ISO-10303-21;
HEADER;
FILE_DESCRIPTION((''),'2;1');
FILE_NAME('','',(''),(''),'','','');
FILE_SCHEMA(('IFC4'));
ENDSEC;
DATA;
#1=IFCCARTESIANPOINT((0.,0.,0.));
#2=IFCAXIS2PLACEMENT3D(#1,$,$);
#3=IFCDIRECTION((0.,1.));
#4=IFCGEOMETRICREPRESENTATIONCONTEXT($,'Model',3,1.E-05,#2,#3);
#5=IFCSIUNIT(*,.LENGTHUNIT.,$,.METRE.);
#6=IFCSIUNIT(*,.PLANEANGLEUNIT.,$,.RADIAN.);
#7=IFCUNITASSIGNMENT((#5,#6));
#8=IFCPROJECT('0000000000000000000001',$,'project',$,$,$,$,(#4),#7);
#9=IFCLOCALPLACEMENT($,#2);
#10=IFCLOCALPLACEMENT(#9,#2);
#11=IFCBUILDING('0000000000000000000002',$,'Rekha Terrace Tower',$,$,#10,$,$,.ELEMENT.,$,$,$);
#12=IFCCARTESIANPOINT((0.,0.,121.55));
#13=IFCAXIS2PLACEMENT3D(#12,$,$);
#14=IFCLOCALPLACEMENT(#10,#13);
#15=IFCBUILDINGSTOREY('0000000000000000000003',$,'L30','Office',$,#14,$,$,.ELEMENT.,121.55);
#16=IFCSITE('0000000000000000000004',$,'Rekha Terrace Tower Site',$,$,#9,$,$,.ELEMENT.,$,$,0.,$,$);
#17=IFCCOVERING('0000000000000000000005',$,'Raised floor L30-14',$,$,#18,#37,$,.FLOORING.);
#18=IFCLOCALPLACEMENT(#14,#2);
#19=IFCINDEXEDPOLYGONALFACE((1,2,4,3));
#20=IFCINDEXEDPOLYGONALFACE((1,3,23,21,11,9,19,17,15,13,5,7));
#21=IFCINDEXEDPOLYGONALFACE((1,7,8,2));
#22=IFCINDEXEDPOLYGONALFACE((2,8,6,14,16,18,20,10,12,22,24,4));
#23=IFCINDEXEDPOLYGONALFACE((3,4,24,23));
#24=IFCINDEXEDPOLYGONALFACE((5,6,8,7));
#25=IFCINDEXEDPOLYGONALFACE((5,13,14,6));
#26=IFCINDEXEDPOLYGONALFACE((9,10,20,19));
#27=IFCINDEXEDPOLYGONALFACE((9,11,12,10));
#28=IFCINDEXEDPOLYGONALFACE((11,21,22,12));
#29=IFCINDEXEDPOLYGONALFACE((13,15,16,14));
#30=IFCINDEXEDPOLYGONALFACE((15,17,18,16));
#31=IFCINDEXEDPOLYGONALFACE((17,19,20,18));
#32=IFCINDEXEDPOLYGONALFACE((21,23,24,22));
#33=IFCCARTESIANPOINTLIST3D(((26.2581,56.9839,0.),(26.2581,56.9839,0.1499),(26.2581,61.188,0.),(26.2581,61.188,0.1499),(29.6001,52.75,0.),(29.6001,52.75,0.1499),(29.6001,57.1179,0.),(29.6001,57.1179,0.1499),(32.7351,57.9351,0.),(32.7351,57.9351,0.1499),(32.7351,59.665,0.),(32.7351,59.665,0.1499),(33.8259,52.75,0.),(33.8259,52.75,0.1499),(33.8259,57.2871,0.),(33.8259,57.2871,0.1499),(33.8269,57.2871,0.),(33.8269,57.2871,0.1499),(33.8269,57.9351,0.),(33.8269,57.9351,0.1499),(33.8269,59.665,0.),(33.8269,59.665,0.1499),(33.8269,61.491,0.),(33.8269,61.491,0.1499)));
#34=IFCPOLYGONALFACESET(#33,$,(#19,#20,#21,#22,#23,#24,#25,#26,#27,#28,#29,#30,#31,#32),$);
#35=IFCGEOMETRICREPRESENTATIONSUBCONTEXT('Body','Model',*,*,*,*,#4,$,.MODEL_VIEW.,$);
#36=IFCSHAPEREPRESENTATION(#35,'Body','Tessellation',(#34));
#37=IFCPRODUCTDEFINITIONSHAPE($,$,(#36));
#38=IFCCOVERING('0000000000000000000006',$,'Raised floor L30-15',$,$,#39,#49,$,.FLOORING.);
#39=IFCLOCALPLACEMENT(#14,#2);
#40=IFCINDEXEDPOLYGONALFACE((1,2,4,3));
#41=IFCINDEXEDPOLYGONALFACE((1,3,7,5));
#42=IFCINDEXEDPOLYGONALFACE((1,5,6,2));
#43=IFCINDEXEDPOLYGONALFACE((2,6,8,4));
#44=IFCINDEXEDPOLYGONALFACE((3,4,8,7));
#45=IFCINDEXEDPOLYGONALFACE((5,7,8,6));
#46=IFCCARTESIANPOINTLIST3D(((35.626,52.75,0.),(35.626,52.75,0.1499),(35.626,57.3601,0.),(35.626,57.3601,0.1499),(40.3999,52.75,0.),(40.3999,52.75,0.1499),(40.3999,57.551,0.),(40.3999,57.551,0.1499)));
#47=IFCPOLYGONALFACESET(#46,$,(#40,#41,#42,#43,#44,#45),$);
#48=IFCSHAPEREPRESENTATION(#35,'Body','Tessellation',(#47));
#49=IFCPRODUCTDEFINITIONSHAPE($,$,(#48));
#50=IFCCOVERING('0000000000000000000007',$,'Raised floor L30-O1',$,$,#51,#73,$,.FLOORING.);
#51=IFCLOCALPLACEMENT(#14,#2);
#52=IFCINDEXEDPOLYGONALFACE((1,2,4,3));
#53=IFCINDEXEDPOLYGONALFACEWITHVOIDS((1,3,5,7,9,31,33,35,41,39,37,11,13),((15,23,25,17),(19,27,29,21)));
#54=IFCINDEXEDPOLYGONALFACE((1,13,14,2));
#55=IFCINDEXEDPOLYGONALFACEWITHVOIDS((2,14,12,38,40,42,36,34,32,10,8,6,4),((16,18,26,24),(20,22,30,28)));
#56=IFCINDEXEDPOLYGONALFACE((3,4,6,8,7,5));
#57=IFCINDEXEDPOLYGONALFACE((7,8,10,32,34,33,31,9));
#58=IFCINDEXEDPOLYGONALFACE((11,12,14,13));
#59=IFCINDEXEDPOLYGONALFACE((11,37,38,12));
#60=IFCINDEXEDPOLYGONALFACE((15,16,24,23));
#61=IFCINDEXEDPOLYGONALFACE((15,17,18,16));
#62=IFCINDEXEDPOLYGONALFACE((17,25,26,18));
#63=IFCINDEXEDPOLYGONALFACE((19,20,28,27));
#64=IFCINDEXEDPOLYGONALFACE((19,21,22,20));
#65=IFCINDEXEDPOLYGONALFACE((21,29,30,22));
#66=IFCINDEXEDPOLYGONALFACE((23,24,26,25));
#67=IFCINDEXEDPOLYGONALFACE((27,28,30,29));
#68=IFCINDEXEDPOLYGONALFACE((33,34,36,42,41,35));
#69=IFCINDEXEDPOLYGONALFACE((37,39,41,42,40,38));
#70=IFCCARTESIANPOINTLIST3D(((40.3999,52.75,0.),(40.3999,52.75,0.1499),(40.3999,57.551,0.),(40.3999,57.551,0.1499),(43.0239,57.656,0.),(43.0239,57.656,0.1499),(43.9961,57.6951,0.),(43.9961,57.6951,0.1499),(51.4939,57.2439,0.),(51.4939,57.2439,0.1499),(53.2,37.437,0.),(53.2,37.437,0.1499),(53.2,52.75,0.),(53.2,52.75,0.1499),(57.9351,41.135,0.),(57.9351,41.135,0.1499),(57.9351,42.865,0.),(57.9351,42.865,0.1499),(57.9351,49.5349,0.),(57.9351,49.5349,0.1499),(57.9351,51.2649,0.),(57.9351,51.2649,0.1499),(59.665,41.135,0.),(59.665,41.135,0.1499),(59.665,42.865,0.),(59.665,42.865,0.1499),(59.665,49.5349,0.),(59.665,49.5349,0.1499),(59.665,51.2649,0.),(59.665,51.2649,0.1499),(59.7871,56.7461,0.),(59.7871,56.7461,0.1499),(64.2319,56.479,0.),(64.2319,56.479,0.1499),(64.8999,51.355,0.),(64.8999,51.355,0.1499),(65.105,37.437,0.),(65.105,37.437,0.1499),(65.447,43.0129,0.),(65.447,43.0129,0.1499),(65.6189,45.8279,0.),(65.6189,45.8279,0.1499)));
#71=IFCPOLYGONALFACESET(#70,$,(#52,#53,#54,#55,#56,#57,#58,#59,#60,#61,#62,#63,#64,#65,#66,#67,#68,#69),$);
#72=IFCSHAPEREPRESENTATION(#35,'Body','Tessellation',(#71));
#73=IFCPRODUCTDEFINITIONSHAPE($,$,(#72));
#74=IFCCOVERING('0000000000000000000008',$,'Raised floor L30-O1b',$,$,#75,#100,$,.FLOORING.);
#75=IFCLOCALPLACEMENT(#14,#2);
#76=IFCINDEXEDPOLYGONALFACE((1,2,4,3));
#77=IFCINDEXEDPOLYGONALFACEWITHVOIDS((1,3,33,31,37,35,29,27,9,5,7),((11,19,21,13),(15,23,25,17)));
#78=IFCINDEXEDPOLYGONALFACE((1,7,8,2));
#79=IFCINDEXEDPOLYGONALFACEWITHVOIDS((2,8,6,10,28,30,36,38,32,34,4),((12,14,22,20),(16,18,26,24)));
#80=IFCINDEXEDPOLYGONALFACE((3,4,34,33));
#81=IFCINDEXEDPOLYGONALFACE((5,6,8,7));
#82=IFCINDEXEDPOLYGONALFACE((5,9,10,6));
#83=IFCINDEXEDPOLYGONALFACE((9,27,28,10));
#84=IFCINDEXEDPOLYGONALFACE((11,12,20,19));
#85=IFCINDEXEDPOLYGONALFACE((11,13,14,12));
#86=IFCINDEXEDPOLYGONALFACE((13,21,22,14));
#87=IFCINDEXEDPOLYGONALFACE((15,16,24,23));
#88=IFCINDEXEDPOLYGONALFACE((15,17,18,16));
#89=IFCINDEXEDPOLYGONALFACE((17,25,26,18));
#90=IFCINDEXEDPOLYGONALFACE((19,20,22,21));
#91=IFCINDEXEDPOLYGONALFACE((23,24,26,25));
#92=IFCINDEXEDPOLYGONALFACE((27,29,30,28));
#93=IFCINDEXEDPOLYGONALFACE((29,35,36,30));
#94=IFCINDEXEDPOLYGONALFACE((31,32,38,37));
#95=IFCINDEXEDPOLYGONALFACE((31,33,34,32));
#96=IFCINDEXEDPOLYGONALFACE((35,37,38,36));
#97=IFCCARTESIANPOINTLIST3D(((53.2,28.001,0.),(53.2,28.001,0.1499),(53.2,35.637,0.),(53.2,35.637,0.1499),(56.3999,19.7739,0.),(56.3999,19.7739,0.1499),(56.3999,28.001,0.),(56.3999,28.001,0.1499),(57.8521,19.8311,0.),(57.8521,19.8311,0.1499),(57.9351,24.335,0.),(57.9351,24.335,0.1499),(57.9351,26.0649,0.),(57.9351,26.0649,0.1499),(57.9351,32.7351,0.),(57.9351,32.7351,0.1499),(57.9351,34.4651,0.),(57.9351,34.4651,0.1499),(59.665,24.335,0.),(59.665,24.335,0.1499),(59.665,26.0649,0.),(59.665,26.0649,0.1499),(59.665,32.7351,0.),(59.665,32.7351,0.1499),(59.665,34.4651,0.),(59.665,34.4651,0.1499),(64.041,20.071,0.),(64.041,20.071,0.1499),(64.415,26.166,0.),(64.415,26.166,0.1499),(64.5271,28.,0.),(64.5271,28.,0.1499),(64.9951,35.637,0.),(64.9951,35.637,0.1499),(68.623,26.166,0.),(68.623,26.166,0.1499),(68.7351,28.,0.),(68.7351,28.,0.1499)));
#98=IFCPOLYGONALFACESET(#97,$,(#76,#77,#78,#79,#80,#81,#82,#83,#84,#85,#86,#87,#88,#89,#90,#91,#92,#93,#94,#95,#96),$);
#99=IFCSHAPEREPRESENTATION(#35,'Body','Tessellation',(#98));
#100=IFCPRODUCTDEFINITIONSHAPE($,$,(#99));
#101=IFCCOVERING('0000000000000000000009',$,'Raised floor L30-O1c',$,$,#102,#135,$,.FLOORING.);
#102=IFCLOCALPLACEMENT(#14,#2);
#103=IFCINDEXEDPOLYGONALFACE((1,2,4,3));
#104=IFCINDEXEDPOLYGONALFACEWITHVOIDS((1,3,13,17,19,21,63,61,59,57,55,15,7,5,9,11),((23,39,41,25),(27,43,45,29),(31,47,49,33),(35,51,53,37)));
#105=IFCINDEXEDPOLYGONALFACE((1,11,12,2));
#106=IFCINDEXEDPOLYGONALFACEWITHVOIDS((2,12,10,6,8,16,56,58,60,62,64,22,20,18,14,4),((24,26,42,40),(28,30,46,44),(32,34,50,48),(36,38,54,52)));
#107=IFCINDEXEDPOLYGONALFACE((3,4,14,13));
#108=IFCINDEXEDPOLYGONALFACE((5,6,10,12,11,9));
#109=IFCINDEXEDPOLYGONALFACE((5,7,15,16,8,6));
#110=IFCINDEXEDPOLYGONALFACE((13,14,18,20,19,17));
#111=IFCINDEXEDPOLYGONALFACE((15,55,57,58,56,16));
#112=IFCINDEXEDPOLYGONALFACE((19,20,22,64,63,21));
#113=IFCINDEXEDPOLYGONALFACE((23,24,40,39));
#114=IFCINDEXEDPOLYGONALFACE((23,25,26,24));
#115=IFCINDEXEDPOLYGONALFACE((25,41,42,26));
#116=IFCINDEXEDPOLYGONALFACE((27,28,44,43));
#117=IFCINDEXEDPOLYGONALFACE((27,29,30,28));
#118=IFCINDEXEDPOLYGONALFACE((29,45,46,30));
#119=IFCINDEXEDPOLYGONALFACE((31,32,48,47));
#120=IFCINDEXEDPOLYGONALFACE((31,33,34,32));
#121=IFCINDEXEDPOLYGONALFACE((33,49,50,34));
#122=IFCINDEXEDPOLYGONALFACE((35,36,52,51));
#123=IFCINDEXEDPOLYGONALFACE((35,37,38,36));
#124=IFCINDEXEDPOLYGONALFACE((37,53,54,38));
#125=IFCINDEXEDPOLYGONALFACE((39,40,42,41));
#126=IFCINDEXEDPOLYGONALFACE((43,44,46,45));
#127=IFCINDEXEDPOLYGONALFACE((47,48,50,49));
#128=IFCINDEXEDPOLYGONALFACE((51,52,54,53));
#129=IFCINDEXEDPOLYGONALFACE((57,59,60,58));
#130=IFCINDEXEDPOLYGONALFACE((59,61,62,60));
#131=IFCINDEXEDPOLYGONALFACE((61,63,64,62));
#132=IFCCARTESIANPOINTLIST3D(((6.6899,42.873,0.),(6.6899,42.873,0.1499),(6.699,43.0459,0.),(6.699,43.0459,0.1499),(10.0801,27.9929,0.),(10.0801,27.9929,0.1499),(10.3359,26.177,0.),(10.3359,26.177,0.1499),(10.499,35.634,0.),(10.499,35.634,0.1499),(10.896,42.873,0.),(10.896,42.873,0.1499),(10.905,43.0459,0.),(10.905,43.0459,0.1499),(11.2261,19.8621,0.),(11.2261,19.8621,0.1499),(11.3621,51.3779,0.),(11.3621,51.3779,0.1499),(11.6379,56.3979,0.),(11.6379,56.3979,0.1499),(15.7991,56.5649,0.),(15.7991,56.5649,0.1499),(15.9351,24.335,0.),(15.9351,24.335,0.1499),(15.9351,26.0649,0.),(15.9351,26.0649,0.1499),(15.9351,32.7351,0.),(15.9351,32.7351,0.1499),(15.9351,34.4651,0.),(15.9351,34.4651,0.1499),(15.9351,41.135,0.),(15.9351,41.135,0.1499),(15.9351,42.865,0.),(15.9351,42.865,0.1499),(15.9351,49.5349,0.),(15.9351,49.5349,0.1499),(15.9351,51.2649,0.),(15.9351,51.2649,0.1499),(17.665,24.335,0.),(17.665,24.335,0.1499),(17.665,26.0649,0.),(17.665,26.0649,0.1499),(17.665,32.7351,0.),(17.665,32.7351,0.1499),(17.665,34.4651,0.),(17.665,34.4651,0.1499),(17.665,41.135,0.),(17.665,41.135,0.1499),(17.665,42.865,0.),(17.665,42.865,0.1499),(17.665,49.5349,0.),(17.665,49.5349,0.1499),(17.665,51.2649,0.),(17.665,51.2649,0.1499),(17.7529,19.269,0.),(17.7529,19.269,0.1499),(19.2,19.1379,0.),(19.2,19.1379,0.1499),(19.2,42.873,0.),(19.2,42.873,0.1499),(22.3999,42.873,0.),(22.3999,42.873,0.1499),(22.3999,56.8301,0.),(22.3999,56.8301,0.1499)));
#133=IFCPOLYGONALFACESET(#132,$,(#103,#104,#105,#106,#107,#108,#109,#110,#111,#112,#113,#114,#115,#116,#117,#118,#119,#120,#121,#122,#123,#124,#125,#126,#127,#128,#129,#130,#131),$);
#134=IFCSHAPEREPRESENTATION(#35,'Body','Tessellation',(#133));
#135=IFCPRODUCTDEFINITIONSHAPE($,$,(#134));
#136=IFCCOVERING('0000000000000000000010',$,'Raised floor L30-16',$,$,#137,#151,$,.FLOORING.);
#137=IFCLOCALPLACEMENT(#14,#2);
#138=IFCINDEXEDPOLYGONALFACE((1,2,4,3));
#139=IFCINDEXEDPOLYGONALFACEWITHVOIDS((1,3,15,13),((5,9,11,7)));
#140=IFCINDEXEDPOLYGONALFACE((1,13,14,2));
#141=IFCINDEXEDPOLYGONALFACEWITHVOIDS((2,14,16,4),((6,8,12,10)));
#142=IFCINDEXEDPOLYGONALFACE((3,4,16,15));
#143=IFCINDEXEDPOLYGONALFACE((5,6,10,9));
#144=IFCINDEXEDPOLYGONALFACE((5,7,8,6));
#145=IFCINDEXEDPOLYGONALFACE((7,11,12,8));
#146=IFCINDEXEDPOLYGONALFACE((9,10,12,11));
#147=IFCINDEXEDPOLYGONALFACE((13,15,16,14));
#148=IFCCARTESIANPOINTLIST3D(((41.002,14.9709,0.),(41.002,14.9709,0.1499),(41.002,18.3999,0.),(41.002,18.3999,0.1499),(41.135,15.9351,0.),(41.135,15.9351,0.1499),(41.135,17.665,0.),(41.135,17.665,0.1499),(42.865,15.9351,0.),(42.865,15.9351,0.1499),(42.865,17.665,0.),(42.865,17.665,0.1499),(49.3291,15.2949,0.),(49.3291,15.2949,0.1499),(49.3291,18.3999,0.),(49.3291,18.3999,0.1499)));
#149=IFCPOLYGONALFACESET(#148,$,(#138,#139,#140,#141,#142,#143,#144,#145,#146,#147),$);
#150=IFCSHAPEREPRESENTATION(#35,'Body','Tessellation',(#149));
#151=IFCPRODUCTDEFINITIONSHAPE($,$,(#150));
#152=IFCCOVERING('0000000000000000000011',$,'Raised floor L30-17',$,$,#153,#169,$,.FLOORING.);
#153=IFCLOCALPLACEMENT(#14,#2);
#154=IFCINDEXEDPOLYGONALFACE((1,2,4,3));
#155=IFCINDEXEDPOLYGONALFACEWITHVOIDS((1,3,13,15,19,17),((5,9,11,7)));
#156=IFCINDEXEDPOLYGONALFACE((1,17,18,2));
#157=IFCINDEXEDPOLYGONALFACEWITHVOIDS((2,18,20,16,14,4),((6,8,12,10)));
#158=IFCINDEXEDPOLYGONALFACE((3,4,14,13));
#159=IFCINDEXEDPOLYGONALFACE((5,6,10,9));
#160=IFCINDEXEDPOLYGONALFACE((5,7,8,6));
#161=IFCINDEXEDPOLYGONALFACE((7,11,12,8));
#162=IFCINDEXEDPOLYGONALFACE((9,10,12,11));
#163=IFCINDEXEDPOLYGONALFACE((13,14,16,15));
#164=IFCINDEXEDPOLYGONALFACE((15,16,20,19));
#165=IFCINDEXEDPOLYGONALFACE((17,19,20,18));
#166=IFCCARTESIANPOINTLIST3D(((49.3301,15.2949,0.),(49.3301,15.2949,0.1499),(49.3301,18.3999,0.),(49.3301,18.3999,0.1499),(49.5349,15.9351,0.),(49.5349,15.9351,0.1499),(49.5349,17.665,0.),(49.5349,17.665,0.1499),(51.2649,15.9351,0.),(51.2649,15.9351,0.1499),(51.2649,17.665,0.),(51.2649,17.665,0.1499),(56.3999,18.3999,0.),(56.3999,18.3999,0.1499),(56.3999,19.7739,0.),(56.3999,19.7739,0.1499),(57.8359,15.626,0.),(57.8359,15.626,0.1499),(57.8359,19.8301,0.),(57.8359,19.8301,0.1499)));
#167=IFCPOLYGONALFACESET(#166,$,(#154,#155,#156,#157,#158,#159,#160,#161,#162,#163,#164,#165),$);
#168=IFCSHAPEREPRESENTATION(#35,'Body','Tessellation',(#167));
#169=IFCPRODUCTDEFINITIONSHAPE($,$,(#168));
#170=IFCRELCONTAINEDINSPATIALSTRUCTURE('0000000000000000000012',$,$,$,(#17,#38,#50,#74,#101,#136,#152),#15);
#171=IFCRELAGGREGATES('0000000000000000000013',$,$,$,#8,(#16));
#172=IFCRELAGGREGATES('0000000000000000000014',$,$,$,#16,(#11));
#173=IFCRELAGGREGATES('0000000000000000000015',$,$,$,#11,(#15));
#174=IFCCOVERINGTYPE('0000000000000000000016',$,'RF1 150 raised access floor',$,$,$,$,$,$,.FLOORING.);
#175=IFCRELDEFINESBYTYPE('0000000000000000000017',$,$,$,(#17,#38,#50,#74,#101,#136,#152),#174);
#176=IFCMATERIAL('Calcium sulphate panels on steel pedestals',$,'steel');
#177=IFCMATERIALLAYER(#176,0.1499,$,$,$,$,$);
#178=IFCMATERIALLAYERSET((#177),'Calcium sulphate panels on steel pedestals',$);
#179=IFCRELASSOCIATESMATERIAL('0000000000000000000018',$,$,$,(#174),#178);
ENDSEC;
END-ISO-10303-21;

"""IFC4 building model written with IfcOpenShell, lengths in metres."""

from ifc_helpers import new_model, si_unit, direction, frame, origin, place, context, subcontext, project, spatial, polyline, outline, extrude, material, layer, layer_set, type_object, element, save


model = new_model("IFC4")

# Units and contexts
model_context = context("Model", 3, precision=1e-05, world=origin(), true_north=direction((0.0, 1.0)))
body_context = subcontext(model_context, "Body", "Model", "MODEL_VIEW")
ifc_project = project(units=[si_unit("LENGTHUNIT", "METRE"), si_unit("PLANEANGLEUNIT", "RADIAN")], contexts=[model_context])

# Site, building, storey
site_placement = place(None, origin())
site = spatial("IfcSite", under=ifc_project, at=site_placement, Name="Rekha Terrace Tower Site", CompositionType="ELEMENT", RefElevation=0.0)
building_placement = place(site_placement, origin())
building = spatial("IfcBuilding", under=site, at=building_placement, Name="Rekha Terrace Tower", CompositionType="ELEMENT")
storey_placement = place(building_placement, frame((0.0, 0.0, 121.55)))
storey = spatial("IfcBuildingStorey", under=building, at=storey_placement, Name="L30", Description="Office", CompositionType="ELEMENT", Elevation=121.55)

# Coverings
ifc_material_1 = material(Name="Calcium sulphate panels on steel pedestals", Category="steel")
ifc_layer_1 = layer(ifc_material_1, 0.1499)
ifc_layer_set_1 = layer_set([ifc_layer_1], Name="Calcium sulphate panels on steel pedestals")
covering_type_1 = type_object("IfcCoveringType", Name="RF1 150 raised access floor", PredefinedType="FLOORING", material=ifc_layer_set_1)
covering_1_placement = place(storey_placement, origin())
element("IfcCovering", 1, at=covering_1_placement, inside=storey, type_object=covering_type_1, Name="Raised floor L30-14", PredefinedType="FLOORING", context=body_context, shape_type="SweptSolid", body=[
    extrude(outline(polyline([(29.6001, 52.75), (33.8259, 52.75), (33.8259, 57.2871), (33.8269, 57.2871), (33.8269, 57.9351), (32.7351, 57.9351), (32.7351, 59.665), (33.8269, 59.665), (33.8269, 61.491), (26.2581, 61.188), (26.2581, 56.9839), (29.6001, 57.1179), (29.6001, 52.75)])), origin(), (0.0, 0.0, 1.0), 0.1499),
])
covering_2_placement = place(storey_placement, origin())
element("IfcCovering", 2, at=covering_2_placement, inside=storey, type_object=covering_type_1, Name="Raised floor L30-15", PredefinedType="FLOORING", context=body_context, shape_type="SweptSolid", body=[
    extrude(outline(polyline([(40.3999, 52.75), (40.3999, 57.551), (35.626, 57.3601), (35.626, 52.75), (40.3999, 52.75)])), origin(), (0.0, 0.0, 1.0), 0.1499),
])
covering_3_placement = place(storey_placement, origin())
element("IfcCovering", 3, at=covering_3_placement, inside=storey, type_object=covering_type_1, Name="Raised floor L30-O1", PredefinedType="FLOORING", context=body_context, shape_type="SweptSolid", body=[
    extrude(outline(polyline([(43.9961, 57.6951), (43.0239, 57.656), (40.3999, 57.551), (40.3999, 52.75), (53.2, 52.75), (53.2, 37.437), (65.105, 37.437), (65.447, 43.0129), (65.6189, 45.8279), (64.8999, 51.355), (64.2319, 56.479), (59.7871, 56.7461), (51.4939, 57.2439), (43.9961, 57.6951)]), holes=[polyline([(59.665, 41.135), (57.9351, 41.135), (57.9351, 42.865), (59.665, 42.865), (59.665, 41.135)]), polyline([(59.665, 49.5349), (57.9351, 49.5349), (57.9351, 51.2649), (59.665, 51.2649), (59.665, 49.5349)])]), origin(), (0.0, 0.0, 1.0), 0.1499),
])
covering_4_placement = place(storey_placement, origin())
element("IfcCovering", 4, at=covering_4_placement, inside=storey, type_object=covering_type_1, Name="Raised floor L30-O1b", PredefinedType="FLOORING", context=body_context, shape_type="SweptSolid", body=[
    extrude(outline(polyline([(64.9951, 35.637), (53.2, 35.637), (53.2, 28.001), (56.3999, 28.001), (56.3999, 19.7739), (57.8521, 19.8311), (64.041, 20.071), (64.415, 26.166), (68.623, 26.166), (68.7351, 28.0), (64.5271, 28.0), (64.9951, 35.637)]), holes=[polyline([(59.665, 26.0649), (59.665, 24.335), (57.9351, 24.335), (57.9351, 26.0649), (59.665, 26.0649)]), polyline([(59.665, 32.7351), (57.9351, 32.7351), (57.9351, 34.4651), (59.665, 34.4651), (59.665, 32.7351)])]), origin(), (0.0, 0.0, 1.0), 0.1499),
])
covering_5_placement = place(storey_placement, origin())
element("IfcCovering", 5, at=covering_5_placement, inside=storey, type_object=covering_type_1, Name="Raised floor L30-O1c", PredefinedType="FLOORING", context=body_context, shape_type="SweptSolid", body=[
    extrude(outline(polyline([(10.0801, 27.9929), (10.3359, 26.177), (11.2261, 19.8621), (17.7529, 19.269), (19.2, 19.1379), (19.2, 42.873), (22.3999, 42.873), (22.3999, 56.8301), (15.7991, 56.5649), (11.6379, 56.3979), (11.3621, 51.3779), (10.905, 43.0459), (6.699, 43.0459), (6.6899, 42.873), (10.896, 42.873), (10.499, 35.634), (10.0801, 27.9929)]), holes=[polyline([(17.665, 26.0649), (17.665, 24.335), (15.9351, 24.335), (15.9351, 26.0649), (17.665, 26.0649)]), polyline([(17.665, 34.4651), (17.665, 32.7351), (15.9351, 32.7351), (15.9351, 34.4651), (17.665, 34.4651)]), polyline([(17.665, 41.135), (15.9351, 41.135), (15.9351, 42.865), (17.665, 42.865), (17.665, 41.135)]), polyline([(17.665, 49.5349), (15.9351, 49.5349), (15.9351, 51.2649), (17.665, 51.2649), (17.665, 49.5349)])]), origin(), (0.0, 0.0, 1.0), 0.1499),
])
covering_6_placement = place(storey_placement, origin())
element("IfcCovering", 6, at=covering_6_placement, inside=storey, type_object=covering_type_1, Name="Raised floor L30-16", PredefinedType="FLOORING", context=body_context, shape_type="SweptSolid", body=[
    extrude(outline(polyline([(41.002, 18.3999), (41.002, 14.9709), (49.3291, 15.2949), (49.3291, 18.3999), (41.002, 18.3999)]), holes=[polyline([(42.865, 17.665), (42.865, 15.9351), (41.135, 15.9351), (41.135, 17.665), (42.865, 17.665)])]), origin(), (0.0, 0.0, 1.0), 0.1499),
])
covering_7_placement = place(storey_placement, origin())
element("IfcCovering", 7, at=covering_7_placement, inside=storey, type_object=covering_type_1, Name="Raised floor L30-17", PredefinedType="FLOORING", context=body_context, shape_type="SweptSolid", body=[
    extrude(outline(polyline([(57.8359, 15.626), (57.8359, 19.8301), (56.3999, 19.7739), (56.3999, 18.3999), (49.3301, 18.3999), (49.3301, 15.2949), (57.8359, 15.626)]), holes=[polyline([(51.2649, 15.9351), (49.5349, 15.9351), (49.5349, 17.665), (51.2649, 17.665), (51.2649, 15.9351)])]), origin(), (0.0, 0.0, 1.0), 0.1499),
])

save(model, "model.ifc")
